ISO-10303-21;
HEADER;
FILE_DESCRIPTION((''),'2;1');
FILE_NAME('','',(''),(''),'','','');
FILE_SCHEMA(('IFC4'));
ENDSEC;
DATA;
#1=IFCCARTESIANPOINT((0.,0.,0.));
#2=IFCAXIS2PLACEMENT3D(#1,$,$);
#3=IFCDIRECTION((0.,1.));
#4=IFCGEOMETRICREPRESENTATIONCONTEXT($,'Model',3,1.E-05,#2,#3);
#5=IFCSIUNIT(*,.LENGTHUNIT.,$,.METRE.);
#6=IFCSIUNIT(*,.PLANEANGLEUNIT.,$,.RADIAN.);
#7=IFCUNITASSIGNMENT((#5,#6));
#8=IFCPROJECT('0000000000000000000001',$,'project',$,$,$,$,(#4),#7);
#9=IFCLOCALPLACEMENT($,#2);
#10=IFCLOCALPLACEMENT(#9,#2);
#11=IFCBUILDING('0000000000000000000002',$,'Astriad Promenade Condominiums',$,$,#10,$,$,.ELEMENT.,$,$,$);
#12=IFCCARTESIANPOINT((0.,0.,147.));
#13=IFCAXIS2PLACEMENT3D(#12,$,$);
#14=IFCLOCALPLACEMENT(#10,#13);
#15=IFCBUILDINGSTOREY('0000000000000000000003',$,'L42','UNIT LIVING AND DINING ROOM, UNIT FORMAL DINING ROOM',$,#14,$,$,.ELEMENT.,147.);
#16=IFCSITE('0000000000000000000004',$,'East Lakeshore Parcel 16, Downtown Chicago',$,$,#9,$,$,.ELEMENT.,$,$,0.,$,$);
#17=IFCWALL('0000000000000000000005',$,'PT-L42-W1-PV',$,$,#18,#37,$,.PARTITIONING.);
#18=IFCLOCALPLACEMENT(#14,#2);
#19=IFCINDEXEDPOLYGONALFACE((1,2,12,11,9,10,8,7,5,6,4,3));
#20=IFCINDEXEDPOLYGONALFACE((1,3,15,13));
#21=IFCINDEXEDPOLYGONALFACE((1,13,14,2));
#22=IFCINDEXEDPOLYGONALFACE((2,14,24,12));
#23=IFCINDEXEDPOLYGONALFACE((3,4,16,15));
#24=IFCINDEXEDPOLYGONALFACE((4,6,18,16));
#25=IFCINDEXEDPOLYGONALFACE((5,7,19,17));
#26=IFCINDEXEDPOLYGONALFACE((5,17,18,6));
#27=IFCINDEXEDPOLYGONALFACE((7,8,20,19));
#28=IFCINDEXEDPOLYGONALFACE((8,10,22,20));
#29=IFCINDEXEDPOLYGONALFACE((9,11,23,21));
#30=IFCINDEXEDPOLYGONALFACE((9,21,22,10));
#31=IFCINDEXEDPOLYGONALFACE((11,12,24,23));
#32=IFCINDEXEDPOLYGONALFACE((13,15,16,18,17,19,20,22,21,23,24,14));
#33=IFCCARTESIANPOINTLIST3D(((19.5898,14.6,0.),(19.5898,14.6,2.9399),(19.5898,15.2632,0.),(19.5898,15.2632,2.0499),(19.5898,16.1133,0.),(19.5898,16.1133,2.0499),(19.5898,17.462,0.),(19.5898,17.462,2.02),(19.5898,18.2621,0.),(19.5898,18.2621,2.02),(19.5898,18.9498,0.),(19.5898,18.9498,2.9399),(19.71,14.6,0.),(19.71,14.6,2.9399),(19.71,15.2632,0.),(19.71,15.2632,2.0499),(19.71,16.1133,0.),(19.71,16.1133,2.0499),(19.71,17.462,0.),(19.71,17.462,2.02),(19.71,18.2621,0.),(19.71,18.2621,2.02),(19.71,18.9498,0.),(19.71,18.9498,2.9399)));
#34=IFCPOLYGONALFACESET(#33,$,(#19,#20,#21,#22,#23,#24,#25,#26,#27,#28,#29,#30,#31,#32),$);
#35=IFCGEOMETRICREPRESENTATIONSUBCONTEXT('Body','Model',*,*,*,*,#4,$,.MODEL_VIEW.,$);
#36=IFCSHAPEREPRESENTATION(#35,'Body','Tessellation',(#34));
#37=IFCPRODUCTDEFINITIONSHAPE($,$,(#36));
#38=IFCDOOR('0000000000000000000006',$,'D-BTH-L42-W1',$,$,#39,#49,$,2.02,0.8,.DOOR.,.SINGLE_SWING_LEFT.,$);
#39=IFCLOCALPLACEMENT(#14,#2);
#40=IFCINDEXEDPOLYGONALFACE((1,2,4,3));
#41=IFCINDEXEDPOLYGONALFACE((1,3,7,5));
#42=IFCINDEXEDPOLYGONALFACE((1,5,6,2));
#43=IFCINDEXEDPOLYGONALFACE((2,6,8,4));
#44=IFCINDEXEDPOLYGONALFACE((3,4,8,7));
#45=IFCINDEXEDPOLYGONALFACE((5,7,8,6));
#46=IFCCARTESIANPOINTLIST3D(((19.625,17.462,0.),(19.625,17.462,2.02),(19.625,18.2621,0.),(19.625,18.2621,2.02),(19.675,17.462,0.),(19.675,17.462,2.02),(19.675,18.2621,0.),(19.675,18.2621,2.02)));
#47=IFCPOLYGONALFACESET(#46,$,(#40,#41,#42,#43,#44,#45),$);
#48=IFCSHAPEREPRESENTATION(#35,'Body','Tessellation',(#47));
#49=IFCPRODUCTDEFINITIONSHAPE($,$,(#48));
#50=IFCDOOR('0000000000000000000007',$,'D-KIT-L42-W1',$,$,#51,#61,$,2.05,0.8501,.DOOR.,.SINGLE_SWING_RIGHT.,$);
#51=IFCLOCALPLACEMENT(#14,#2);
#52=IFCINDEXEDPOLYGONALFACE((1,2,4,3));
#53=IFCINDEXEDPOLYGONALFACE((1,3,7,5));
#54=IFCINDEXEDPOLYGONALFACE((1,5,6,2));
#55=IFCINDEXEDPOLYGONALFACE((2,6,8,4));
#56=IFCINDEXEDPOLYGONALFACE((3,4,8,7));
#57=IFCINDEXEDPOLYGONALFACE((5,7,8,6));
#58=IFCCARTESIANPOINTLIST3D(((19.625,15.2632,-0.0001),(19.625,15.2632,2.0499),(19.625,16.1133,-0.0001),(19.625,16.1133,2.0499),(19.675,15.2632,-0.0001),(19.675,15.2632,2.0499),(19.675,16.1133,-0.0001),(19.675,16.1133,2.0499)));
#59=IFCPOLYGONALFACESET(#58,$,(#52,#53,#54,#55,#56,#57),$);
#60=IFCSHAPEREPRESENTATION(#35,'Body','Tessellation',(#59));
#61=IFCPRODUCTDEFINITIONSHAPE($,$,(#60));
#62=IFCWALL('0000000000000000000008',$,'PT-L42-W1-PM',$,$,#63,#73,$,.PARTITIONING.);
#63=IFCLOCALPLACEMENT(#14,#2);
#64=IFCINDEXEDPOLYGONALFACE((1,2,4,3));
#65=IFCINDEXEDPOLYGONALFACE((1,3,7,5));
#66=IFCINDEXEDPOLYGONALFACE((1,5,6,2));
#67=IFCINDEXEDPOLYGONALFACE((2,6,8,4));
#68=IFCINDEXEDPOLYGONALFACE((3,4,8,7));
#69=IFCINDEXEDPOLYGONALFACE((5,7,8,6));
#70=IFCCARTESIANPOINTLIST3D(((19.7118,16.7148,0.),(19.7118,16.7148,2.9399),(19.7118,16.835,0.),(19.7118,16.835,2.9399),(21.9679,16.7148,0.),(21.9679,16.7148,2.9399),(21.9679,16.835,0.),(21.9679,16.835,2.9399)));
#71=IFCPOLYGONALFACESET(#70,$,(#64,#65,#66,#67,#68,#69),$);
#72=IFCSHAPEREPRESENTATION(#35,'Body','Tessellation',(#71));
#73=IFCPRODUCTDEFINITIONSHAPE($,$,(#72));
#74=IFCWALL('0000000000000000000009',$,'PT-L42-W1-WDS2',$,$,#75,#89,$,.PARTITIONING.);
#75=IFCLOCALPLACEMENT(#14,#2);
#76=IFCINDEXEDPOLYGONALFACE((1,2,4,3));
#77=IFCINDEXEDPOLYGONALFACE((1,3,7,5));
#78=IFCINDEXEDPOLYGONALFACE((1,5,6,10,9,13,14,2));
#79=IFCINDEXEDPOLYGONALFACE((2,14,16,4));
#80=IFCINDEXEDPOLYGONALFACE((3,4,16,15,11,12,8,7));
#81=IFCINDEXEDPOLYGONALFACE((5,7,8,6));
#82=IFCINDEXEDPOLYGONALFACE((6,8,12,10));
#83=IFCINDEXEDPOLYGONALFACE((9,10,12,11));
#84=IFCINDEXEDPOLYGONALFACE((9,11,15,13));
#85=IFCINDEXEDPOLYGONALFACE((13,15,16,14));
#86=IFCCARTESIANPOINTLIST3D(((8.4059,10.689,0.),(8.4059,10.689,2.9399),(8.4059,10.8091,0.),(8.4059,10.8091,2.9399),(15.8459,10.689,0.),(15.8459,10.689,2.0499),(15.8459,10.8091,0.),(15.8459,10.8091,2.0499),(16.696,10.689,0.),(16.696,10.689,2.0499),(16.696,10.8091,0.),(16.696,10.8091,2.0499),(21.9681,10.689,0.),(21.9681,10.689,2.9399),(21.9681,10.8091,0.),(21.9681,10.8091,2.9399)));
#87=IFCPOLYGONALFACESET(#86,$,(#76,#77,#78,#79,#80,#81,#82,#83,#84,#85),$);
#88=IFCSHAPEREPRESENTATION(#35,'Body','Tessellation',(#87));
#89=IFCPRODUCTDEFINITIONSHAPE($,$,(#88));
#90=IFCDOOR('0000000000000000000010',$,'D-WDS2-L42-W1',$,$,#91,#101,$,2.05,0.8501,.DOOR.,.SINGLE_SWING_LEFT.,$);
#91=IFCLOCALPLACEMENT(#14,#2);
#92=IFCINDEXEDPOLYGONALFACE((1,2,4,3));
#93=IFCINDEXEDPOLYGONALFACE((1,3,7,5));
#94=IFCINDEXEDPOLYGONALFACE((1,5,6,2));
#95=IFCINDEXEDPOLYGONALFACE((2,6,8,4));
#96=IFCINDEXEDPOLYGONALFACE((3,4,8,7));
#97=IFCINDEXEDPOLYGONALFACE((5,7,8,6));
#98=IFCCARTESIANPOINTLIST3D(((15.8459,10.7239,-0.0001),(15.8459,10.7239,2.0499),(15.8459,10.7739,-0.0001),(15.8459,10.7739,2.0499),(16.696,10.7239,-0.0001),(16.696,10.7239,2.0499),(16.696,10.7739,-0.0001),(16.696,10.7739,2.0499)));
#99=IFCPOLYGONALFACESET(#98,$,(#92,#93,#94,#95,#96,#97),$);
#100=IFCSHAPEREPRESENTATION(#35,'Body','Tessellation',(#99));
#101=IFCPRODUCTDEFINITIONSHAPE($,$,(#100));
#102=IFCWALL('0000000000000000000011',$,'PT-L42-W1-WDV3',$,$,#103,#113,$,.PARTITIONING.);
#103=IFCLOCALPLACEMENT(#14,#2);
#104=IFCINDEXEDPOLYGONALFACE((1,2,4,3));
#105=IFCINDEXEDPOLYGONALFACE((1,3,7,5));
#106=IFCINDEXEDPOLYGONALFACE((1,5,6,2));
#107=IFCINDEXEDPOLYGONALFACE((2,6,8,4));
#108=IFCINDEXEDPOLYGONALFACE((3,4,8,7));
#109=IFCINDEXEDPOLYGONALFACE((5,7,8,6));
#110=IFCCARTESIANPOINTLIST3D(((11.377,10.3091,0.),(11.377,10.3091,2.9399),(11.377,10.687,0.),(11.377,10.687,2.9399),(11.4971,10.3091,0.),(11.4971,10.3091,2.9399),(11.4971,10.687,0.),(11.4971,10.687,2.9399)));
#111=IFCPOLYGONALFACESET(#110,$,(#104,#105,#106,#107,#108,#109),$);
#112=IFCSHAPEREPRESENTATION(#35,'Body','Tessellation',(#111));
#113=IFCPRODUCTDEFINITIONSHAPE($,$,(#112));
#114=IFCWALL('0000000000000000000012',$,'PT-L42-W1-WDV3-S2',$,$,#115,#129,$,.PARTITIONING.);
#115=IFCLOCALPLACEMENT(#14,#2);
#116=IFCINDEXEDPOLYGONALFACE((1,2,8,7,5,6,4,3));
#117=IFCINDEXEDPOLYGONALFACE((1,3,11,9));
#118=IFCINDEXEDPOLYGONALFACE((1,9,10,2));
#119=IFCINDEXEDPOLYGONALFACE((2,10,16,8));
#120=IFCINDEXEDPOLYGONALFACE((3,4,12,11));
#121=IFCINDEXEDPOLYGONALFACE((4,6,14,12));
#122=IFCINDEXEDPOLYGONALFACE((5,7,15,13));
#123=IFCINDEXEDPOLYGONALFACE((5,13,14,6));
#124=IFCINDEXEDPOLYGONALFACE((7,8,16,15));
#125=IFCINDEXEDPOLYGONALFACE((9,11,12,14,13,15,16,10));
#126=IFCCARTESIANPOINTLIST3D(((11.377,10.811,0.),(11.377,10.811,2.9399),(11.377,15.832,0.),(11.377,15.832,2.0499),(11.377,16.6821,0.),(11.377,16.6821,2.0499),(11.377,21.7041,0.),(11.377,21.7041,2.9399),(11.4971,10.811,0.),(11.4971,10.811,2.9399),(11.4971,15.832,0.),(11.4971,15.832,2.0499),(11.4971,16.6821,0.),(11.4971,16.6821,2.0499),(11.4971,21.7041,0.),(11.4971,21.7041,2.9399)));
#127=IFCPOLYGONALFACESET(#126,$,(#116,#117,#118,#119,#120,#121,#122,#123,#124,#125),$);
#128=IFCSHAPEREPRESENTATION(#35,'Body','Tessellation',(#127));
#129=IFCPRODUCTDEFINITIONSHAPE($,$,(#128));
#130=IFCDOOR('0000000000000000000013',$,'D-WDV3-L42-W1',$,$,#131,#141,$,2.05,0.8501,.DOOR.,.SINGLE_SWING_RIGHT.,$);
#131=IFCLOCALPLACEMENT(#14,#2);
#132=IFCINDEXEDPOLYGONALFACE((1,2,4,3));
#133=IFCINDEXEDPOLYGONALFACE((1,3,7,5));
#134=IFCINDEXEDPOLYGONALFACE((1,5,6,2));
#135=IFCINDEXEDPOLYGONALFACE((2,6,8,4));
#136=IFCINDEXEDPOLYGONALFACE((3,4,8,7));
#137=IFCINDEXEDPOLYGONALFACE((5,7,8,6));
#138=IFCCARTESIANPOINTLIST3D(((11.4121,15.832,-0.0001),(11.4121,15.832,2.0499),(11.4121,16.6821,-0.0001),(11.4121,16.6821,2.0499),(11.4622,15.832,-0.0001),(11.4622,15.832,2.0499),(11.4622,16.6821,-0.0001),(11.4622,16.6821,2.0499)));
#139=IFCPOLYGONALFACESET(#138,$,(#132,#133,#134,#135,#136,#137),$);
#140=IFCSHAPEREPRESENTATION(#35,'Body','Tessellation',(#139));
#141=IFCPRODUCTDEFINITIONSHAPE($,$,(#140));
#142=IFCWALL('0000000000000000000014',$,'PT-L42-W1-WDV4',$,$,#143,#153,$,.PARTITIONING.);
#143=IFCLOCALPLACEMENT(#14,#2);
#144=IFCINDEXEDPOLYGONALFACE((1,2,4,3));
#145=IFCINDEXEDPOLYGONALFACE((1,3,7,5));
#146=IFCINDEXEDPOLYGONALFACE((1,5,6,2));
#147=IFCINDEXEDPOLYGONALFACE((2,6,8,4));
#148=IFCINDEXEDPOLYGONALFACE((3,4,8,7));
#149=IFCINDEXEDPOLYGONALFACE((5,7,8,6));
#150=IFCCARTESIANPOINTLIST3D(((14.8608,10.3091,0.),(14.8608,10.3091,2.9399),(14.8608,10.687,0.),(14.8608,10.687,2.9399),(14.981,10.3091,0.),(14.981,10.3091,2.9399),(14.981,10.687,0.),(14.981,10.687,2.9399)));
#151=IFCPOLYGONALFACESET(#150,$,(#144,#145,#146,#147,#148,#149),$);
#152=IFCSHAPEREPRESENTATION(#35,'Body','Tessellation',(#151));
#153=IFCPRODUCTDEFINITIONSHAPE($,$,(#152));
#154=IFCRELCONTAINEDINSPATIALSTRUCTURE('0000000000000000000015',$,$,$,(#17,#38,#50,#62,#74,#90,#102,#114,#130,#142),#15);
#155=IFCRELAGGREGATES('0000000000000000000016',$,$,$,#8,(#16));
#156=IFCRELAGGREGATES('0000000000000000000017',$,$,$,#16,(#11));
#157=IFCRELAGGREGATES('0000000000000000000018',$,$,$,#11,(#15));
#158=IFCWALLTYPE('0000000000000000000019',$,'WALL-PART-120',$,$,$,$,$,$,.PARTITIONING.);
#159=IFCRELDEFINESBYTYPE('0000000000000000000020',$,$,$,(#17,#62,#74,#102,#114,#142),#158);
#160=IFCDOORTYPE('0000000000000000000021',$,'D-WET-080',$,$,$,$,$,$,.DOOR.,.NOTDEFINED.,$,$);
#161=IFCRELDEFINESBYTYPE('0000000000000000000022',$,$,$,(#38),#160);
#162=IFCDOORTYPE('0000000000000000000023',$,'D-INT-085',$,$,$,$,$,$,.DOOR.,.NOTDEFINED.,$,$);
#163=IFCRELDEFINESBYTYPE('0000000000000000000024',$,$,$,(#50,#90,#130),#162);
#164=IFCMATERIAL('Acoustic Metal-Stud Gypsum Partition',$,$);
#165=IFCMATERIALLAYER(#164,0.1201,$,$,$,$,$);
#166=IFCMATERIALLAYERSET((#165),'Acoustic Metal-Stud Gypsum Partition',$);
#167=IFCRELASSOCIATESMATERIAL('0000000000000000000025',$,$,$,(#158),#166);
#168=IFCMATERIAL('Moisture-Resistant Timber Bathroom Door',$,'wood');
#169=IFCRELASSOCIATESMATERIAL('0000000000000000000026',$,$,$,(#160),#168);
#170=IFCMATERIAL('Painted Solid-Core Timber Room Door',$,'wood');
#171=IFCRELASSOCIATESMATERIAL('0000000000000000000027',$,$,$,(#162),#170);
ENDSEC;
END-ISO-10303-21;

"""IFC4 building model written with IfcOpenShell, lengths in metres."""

from ifc_helpers import new_model, si_unit, direction, frame, frame_2d, origin, place, context, subcontext, project, spatial, rectangle, extrude, source, transform, mapped, material, layer, layer_set, type_object, type_shapes, element, fill, save


model = new_model("IFC4")

# Units and contexts
model_context = context("Model", 3, precision=1e-05, world=origin(), true_north=direction((0.0, 1.0)))
body_context = subcontext(model_context, "Body", "Model", "MODEL_VIEW")
ifc_project = project(units=[si_unit("LENGTHUNIT", "METRE"), si_unit("PLANEANGLEUNIT", "RADIAN")], contexts=[model_context])

# Site, building, storey
site_placement = place(None, origin())
site = spatial("IfcSite", under=ifc_project, at=site_placement, Name="East Lakeshore Parcel 16, Downtown Chicago", CompositionType="ELEMENT", RefElevation=0.0)
building_placement = place(site_placement, origin())
building = spatial("IfcBuilding", under=site, at=building_placement, Name="Astriad Promenade Condominiums", CompositionType="ELEMENT")
storey_placement = place(building_placement, frame((0.0, 0.0, 147.0)))
storey = spatial("IfcBuildingStorey", under=building, at=storey_placement, Name="L42", Description="UNIT LIVING AND DINING ROOM, UNIT FORMAL DINING ROOM", CompositionType="ELEMENT", Elevation=147.0)

# Wall, openings, doors
ifc_material_1 = material(Name="Acoustic Metal-Stud Gypsum Partition")
ifc_layer_1 = layer(ifc_material_1, 0.1201)
ifc_layer_set_1 = layer_set([ifc_layer_1], Name="Acoustic Metal-Stud Gypsum Partition")
wall_type_1 = type_object("IfcWallType", Name="WALL-PART-120", PredefinedType="PARTITIONING", material=ifc_layer_set_1)
wall_1_placement = place(storey_placement, frame((19.6499, 14.6001, 0.0), z_axis=(0.0, 0.0, 1.0), x_axis=(0.0, 1.0, 0.0)))
wall_1 = element("IfcWall", 1, at=wall_1_placement, inside=storey, type_object=wall_type_1, Name="PT-L42-W1-PV", PredefinedType="PARTITIONING", context=body_context, shape_type="SweptSolid", body=[
    extrude(rectangle(XDim=4.3499, YDim=0.1201, at=frame_2d((2.1748, 0.0))), origin(), (0.0, 0.0, 1.0), 2.9399),
])
opening_1_placement = place(wall_1_placement, frame((0.6631, 0.0, 0.0)))
opening_1 = element("IfcOpeningElement", 2, at=opening_1_placement, cuts=wall_1, PredefinedType="OPENING", context=body_context, shape_type="SweptSolid", body=[
    extrude(rectangle(XDim=0.8501, YDim=2.05, at=frame_2d((0.425, 1.0249))), frame((0.0, 0.0701, 0.0), z_axis=(0.0, -1.0, 0.0), x_axis=(1.0, 0.0, 0.0)), (0.0, 0.0, 1.0), 0.1401),
])
opening_2_placement = place(wall_1_placement, frame((2.8621, 0.0, 0.0)))
opening_2 = element("IfcOpeningElement", 3, at=opening_2_placement, cuts=wall_1, PredefinedType="OPENING", context=body_context, shape_type="SweptSolid", body=[
    extrude(rectangle(XDim=0.8, YDim=2.02, at=frame_2d((0.3999, 1.01))), frame((0.0, 0.0701, 0.0), z_axis=(0.0, -1.0, 0.0), x_axis=(1.0, 0.0, 0.0)), (0.0, 0.0, 1.0), 0.1401),
])
ifc_material_2 = material(Name="Moisture-Resistant Timber Bathroom Door", Category="wood")
door_type_1 = type_object("IfcDoorType", Name="D-WET-080", OperationType="NOTDEFINED", PredefinedType="DOOR", material=ifc_material_2)
shared_shape_1 = source(origin(), body_context, "Body", "SweptSolid", [
    extrude(rectangle(XDim=0.8, YDim=2.02, at=frame_2d((0.3999, 1.01))), frame((0.0, 0.0249, 0.0), z_axis=(0.0, -1.0, 0.0), x_axis=(1.0, 0.0, 0.0)), (0.0, 0.0, 1.0), 0.05),
])
type_shapes(door_type_1, [shared_shape_1])
door_1_placement = place(opening_2_placement, origin())
door_1 = element("IfcDoor", 4, at=door_1_placement, inside=storey, type_object=door_type_1, Name="D-BTH-L42-W1", OperationType="SINGLE_SWING_LEFT", OverallHeight=2.02, OverallWidth=0.8, PredefinedType="DOOR", context=body_context, shape_type="MappedRepresentation", body=[
    mapped(shared_shape_1, transform((0.0, 0.0, 0.0), scale=1.0)),
])
fill(opening_2, door_1)
ifc_material_3 = material(Name="Painted Solid-Core Timber Room Door", Category="wood")
door_type_2 = type_object("IfcDoorType", Name="D-INT-085", OperationType="NOTDEFINED", PredefinedType="DOOR", material=ifc_material_3)
shared_shape_2 = source(origin(), body_context, "Body", "SweptSolid", [
    extrude(rectangle(XDim=0.8501, YDim=2.05, at=frame_2d((0.425, 1.0249))), frame((0.0, 0.0249, 0.0), z_axis=(0.0, -1.0, 0.0), x_axis=(1.0, 0.0, 0.0)), (0.0, 0.0, 1.0), 0.05),
])
type_shapes(door_type_2, [shared_shape_2])
door_2_placement = place(opening_1_placement, origin())
door_2 = element("IfcDoor", 5, at=door_2_placement, inside=storey, type_object=door_type_2, Name="D-KIT-L42-W1", OperationType="SINGLE_SWING_RIGHT", OverallHeight=2.05, OverallWidth=0.8501, PredefinedType="DOOR", context=body_context, shape_type="MappedRepresentation", body=[
    mapped(shared_shape_2, transform((0.0, 0.0, 0.0), scale=1.0)),
])
fill(opening_1, door_2)

# Wall
wall_2_placement = place(storey_placement, frame((19.7119, 16.7749, 0.0), z_axis=(0.0, 0.0, 1.0), x_axis=(1.0, 0.0, 0.0)))
element("IfcWall", 6, at=wall_2_placement, inside=storey, type_object=wall_type_1, Name="PT-L42-W1-PM", PredefinedType="PARTITIONING", context=body_context, shape_type="SweptSolid", body=[
    extrude(rectangle(XDim=2.2561, YDim=0.1201, at=frame_2d((1.1279, 0.0))), origin(), (0.0, 0.0, 1.0), 2.9399),
])

# Wall, opening, door
wall_3_placement = place(storey_placement, frame((8.4058, 10.749, 0.0), z_axis=(0.0, 0.0, 1.0), x_axis=(1.0, 0.0, 0.0)))
wall_3 = element("IfcWall", 7, at=wall_3_placement, inside=storey, type_object=wall_type_1, Name="PT-L42-W1-WDS2", PredefinedType="PARTITIONING", context=body_context, shape_type="SweptSolid", body=[
    extrude(rectangle(XDim=13.5623, YDim=0.1201, at=frame_2d((6.7812, 0.0))), origin(), (0.0, 0.0, 1.0), 2.9399),
])
opening_3_placement = place(wall_3_placement, frame((7.4402, 0.0, 0.0)))
opening_3 = element("IfcOpeningElement", 8, at=opening_3_placement, cuts=wall_3, PredefinedType="OPENING", context=body_context, shape_type="SweptSolid", body=[
    extrude(rectangle(XDim=0.8501, YDim=2.05, at=frame_2d((0.425, 1.0249))), frame((0.0, 0.0701, 0.0), z_axis=(0.0, -1.0, 0.0), x_axis=(1.0, 0.0, 0.0)), (0.0, 0.0, 1.0), 0.1401),
])
door_3_placement = place(opening_3_placement, origin())
door_3 = element("IfcDoor", 9, at=door_3_placement, inside=storey, type_object=door_type_2, Name="D-WDS2-L42-W1", OperationType="SINGLE_SWING_LEFT", OverallHeight=2.05, OverallWidth=0.8501, PredefinedType="DOOR", context=body_context, shape_type="MappedRepresentation", body=[
    mapped(shared_shape_2, transform((0.0, 0.0, 0.0), scale=1.0)),
])
fill(opening_3, door_3)

# Wall
wall_4_placement = place(storey_placement, frame((11.437, 10.3091, 0.0), z_axis=(0.0, 0.0, 1.0), x_axis=(0.0, 1.0, 0.0)))
element("IfcWall", 10, at=wall_4_placement, inside=storey, type_object=wall_type_1, Name="PT-L42-W1-WDV3", PredefinedType="PARTITIONING", context=body_context, shape_type="SweptSolid", body=[
    extrude(rectangle(XDim=0.3779, YDim=0.1201, at=frame_2d((0.189, 0.0))), origin(), (0.0, 0.0, 1.0), 2.9399),
])

# Wall, opening, door
wall_5_placement = place(storey_placement, frame((11.437, 10.811, 0.0), z_axis=(0.0, 0.0, 1.0), x_axis=(0.0, 1.0, 0.0)))
wall_5 = element("IfcWall", 11, at=wall_5_placement, inside=storey, type_object=wall_type_1, Name="PT-L42-W1-WDV3-S2", PredefinedType="PARTITIONING", context=body_context, shape_type="SweptSolid", body=[
    extrude(rectangle(XDim=10.8931, YDim=0.1201, at=frame_2d((5.4465, 0.0))), origin(), (0.0, 0.0, 1.0), 2.9399),
])
opening_4_placement = place(wall_5_placement, frame((5.021, 0.0, 0.0)))
opening_4 = element("IfcOpeningElement", 12, at=opening_4_placement, cuts=wall_5, PredefinedType="OPENING", context=body_context, shape_type="SweptSolid", body=[
    extrude(rectangle(XDim=0.8501, YDim=2.05, at=frame_2d((0.425, 1.0249))), frame((0.0, 0.0701, 0.0), z_axis=(0.0, -1.0, 0.0), x_axis=(1.0, 0.0, 0.0)), (0.0, 0.0, 1.0), 0.1401),
])
door_4_placement = place(opening_4_placement, origin())
door_4 = element("IfcDoor", 13, at=door_4_placement, inside=storey, type_object=door_type_2, Name="D-WDV3-L42-W1", OperationType="SINGLE_SWING_RIGHT", OverallHeight=2.05, OverallWidth=0.8501, PredefinedType="DOOR", context=body_context, shape_type="MappedRepresentation", body=[
    mapped(shared_shape_2, transform((0.0, 0.0, 0.0), scale=1.0)),
])
fill(opening_4, door_4)

# Wall
wall_6_placement = place(storey_placement, frame((14.9209, 10.3091, 0.0), z_axis=(0.0, 0.0, 1.0), x_axis=(0.0, 1.0, 0.0)))
element("IfcWall", 14, at=wall_6_placement, inside=storey, type_object=wall_type_1, Name="PT-L42-W1-WDV4", PredefinedType="PARTITIONING", context=body_context, shape_type="SweptSolid", body=[
    extrude(rectangle(XDim=0.3779, YDim=0.1201, at=frame_2d((0.189, 0.0))), origin(), (0.0, 0.0, 1.0), 2.9399),
])

save(model, "model.ifc")
